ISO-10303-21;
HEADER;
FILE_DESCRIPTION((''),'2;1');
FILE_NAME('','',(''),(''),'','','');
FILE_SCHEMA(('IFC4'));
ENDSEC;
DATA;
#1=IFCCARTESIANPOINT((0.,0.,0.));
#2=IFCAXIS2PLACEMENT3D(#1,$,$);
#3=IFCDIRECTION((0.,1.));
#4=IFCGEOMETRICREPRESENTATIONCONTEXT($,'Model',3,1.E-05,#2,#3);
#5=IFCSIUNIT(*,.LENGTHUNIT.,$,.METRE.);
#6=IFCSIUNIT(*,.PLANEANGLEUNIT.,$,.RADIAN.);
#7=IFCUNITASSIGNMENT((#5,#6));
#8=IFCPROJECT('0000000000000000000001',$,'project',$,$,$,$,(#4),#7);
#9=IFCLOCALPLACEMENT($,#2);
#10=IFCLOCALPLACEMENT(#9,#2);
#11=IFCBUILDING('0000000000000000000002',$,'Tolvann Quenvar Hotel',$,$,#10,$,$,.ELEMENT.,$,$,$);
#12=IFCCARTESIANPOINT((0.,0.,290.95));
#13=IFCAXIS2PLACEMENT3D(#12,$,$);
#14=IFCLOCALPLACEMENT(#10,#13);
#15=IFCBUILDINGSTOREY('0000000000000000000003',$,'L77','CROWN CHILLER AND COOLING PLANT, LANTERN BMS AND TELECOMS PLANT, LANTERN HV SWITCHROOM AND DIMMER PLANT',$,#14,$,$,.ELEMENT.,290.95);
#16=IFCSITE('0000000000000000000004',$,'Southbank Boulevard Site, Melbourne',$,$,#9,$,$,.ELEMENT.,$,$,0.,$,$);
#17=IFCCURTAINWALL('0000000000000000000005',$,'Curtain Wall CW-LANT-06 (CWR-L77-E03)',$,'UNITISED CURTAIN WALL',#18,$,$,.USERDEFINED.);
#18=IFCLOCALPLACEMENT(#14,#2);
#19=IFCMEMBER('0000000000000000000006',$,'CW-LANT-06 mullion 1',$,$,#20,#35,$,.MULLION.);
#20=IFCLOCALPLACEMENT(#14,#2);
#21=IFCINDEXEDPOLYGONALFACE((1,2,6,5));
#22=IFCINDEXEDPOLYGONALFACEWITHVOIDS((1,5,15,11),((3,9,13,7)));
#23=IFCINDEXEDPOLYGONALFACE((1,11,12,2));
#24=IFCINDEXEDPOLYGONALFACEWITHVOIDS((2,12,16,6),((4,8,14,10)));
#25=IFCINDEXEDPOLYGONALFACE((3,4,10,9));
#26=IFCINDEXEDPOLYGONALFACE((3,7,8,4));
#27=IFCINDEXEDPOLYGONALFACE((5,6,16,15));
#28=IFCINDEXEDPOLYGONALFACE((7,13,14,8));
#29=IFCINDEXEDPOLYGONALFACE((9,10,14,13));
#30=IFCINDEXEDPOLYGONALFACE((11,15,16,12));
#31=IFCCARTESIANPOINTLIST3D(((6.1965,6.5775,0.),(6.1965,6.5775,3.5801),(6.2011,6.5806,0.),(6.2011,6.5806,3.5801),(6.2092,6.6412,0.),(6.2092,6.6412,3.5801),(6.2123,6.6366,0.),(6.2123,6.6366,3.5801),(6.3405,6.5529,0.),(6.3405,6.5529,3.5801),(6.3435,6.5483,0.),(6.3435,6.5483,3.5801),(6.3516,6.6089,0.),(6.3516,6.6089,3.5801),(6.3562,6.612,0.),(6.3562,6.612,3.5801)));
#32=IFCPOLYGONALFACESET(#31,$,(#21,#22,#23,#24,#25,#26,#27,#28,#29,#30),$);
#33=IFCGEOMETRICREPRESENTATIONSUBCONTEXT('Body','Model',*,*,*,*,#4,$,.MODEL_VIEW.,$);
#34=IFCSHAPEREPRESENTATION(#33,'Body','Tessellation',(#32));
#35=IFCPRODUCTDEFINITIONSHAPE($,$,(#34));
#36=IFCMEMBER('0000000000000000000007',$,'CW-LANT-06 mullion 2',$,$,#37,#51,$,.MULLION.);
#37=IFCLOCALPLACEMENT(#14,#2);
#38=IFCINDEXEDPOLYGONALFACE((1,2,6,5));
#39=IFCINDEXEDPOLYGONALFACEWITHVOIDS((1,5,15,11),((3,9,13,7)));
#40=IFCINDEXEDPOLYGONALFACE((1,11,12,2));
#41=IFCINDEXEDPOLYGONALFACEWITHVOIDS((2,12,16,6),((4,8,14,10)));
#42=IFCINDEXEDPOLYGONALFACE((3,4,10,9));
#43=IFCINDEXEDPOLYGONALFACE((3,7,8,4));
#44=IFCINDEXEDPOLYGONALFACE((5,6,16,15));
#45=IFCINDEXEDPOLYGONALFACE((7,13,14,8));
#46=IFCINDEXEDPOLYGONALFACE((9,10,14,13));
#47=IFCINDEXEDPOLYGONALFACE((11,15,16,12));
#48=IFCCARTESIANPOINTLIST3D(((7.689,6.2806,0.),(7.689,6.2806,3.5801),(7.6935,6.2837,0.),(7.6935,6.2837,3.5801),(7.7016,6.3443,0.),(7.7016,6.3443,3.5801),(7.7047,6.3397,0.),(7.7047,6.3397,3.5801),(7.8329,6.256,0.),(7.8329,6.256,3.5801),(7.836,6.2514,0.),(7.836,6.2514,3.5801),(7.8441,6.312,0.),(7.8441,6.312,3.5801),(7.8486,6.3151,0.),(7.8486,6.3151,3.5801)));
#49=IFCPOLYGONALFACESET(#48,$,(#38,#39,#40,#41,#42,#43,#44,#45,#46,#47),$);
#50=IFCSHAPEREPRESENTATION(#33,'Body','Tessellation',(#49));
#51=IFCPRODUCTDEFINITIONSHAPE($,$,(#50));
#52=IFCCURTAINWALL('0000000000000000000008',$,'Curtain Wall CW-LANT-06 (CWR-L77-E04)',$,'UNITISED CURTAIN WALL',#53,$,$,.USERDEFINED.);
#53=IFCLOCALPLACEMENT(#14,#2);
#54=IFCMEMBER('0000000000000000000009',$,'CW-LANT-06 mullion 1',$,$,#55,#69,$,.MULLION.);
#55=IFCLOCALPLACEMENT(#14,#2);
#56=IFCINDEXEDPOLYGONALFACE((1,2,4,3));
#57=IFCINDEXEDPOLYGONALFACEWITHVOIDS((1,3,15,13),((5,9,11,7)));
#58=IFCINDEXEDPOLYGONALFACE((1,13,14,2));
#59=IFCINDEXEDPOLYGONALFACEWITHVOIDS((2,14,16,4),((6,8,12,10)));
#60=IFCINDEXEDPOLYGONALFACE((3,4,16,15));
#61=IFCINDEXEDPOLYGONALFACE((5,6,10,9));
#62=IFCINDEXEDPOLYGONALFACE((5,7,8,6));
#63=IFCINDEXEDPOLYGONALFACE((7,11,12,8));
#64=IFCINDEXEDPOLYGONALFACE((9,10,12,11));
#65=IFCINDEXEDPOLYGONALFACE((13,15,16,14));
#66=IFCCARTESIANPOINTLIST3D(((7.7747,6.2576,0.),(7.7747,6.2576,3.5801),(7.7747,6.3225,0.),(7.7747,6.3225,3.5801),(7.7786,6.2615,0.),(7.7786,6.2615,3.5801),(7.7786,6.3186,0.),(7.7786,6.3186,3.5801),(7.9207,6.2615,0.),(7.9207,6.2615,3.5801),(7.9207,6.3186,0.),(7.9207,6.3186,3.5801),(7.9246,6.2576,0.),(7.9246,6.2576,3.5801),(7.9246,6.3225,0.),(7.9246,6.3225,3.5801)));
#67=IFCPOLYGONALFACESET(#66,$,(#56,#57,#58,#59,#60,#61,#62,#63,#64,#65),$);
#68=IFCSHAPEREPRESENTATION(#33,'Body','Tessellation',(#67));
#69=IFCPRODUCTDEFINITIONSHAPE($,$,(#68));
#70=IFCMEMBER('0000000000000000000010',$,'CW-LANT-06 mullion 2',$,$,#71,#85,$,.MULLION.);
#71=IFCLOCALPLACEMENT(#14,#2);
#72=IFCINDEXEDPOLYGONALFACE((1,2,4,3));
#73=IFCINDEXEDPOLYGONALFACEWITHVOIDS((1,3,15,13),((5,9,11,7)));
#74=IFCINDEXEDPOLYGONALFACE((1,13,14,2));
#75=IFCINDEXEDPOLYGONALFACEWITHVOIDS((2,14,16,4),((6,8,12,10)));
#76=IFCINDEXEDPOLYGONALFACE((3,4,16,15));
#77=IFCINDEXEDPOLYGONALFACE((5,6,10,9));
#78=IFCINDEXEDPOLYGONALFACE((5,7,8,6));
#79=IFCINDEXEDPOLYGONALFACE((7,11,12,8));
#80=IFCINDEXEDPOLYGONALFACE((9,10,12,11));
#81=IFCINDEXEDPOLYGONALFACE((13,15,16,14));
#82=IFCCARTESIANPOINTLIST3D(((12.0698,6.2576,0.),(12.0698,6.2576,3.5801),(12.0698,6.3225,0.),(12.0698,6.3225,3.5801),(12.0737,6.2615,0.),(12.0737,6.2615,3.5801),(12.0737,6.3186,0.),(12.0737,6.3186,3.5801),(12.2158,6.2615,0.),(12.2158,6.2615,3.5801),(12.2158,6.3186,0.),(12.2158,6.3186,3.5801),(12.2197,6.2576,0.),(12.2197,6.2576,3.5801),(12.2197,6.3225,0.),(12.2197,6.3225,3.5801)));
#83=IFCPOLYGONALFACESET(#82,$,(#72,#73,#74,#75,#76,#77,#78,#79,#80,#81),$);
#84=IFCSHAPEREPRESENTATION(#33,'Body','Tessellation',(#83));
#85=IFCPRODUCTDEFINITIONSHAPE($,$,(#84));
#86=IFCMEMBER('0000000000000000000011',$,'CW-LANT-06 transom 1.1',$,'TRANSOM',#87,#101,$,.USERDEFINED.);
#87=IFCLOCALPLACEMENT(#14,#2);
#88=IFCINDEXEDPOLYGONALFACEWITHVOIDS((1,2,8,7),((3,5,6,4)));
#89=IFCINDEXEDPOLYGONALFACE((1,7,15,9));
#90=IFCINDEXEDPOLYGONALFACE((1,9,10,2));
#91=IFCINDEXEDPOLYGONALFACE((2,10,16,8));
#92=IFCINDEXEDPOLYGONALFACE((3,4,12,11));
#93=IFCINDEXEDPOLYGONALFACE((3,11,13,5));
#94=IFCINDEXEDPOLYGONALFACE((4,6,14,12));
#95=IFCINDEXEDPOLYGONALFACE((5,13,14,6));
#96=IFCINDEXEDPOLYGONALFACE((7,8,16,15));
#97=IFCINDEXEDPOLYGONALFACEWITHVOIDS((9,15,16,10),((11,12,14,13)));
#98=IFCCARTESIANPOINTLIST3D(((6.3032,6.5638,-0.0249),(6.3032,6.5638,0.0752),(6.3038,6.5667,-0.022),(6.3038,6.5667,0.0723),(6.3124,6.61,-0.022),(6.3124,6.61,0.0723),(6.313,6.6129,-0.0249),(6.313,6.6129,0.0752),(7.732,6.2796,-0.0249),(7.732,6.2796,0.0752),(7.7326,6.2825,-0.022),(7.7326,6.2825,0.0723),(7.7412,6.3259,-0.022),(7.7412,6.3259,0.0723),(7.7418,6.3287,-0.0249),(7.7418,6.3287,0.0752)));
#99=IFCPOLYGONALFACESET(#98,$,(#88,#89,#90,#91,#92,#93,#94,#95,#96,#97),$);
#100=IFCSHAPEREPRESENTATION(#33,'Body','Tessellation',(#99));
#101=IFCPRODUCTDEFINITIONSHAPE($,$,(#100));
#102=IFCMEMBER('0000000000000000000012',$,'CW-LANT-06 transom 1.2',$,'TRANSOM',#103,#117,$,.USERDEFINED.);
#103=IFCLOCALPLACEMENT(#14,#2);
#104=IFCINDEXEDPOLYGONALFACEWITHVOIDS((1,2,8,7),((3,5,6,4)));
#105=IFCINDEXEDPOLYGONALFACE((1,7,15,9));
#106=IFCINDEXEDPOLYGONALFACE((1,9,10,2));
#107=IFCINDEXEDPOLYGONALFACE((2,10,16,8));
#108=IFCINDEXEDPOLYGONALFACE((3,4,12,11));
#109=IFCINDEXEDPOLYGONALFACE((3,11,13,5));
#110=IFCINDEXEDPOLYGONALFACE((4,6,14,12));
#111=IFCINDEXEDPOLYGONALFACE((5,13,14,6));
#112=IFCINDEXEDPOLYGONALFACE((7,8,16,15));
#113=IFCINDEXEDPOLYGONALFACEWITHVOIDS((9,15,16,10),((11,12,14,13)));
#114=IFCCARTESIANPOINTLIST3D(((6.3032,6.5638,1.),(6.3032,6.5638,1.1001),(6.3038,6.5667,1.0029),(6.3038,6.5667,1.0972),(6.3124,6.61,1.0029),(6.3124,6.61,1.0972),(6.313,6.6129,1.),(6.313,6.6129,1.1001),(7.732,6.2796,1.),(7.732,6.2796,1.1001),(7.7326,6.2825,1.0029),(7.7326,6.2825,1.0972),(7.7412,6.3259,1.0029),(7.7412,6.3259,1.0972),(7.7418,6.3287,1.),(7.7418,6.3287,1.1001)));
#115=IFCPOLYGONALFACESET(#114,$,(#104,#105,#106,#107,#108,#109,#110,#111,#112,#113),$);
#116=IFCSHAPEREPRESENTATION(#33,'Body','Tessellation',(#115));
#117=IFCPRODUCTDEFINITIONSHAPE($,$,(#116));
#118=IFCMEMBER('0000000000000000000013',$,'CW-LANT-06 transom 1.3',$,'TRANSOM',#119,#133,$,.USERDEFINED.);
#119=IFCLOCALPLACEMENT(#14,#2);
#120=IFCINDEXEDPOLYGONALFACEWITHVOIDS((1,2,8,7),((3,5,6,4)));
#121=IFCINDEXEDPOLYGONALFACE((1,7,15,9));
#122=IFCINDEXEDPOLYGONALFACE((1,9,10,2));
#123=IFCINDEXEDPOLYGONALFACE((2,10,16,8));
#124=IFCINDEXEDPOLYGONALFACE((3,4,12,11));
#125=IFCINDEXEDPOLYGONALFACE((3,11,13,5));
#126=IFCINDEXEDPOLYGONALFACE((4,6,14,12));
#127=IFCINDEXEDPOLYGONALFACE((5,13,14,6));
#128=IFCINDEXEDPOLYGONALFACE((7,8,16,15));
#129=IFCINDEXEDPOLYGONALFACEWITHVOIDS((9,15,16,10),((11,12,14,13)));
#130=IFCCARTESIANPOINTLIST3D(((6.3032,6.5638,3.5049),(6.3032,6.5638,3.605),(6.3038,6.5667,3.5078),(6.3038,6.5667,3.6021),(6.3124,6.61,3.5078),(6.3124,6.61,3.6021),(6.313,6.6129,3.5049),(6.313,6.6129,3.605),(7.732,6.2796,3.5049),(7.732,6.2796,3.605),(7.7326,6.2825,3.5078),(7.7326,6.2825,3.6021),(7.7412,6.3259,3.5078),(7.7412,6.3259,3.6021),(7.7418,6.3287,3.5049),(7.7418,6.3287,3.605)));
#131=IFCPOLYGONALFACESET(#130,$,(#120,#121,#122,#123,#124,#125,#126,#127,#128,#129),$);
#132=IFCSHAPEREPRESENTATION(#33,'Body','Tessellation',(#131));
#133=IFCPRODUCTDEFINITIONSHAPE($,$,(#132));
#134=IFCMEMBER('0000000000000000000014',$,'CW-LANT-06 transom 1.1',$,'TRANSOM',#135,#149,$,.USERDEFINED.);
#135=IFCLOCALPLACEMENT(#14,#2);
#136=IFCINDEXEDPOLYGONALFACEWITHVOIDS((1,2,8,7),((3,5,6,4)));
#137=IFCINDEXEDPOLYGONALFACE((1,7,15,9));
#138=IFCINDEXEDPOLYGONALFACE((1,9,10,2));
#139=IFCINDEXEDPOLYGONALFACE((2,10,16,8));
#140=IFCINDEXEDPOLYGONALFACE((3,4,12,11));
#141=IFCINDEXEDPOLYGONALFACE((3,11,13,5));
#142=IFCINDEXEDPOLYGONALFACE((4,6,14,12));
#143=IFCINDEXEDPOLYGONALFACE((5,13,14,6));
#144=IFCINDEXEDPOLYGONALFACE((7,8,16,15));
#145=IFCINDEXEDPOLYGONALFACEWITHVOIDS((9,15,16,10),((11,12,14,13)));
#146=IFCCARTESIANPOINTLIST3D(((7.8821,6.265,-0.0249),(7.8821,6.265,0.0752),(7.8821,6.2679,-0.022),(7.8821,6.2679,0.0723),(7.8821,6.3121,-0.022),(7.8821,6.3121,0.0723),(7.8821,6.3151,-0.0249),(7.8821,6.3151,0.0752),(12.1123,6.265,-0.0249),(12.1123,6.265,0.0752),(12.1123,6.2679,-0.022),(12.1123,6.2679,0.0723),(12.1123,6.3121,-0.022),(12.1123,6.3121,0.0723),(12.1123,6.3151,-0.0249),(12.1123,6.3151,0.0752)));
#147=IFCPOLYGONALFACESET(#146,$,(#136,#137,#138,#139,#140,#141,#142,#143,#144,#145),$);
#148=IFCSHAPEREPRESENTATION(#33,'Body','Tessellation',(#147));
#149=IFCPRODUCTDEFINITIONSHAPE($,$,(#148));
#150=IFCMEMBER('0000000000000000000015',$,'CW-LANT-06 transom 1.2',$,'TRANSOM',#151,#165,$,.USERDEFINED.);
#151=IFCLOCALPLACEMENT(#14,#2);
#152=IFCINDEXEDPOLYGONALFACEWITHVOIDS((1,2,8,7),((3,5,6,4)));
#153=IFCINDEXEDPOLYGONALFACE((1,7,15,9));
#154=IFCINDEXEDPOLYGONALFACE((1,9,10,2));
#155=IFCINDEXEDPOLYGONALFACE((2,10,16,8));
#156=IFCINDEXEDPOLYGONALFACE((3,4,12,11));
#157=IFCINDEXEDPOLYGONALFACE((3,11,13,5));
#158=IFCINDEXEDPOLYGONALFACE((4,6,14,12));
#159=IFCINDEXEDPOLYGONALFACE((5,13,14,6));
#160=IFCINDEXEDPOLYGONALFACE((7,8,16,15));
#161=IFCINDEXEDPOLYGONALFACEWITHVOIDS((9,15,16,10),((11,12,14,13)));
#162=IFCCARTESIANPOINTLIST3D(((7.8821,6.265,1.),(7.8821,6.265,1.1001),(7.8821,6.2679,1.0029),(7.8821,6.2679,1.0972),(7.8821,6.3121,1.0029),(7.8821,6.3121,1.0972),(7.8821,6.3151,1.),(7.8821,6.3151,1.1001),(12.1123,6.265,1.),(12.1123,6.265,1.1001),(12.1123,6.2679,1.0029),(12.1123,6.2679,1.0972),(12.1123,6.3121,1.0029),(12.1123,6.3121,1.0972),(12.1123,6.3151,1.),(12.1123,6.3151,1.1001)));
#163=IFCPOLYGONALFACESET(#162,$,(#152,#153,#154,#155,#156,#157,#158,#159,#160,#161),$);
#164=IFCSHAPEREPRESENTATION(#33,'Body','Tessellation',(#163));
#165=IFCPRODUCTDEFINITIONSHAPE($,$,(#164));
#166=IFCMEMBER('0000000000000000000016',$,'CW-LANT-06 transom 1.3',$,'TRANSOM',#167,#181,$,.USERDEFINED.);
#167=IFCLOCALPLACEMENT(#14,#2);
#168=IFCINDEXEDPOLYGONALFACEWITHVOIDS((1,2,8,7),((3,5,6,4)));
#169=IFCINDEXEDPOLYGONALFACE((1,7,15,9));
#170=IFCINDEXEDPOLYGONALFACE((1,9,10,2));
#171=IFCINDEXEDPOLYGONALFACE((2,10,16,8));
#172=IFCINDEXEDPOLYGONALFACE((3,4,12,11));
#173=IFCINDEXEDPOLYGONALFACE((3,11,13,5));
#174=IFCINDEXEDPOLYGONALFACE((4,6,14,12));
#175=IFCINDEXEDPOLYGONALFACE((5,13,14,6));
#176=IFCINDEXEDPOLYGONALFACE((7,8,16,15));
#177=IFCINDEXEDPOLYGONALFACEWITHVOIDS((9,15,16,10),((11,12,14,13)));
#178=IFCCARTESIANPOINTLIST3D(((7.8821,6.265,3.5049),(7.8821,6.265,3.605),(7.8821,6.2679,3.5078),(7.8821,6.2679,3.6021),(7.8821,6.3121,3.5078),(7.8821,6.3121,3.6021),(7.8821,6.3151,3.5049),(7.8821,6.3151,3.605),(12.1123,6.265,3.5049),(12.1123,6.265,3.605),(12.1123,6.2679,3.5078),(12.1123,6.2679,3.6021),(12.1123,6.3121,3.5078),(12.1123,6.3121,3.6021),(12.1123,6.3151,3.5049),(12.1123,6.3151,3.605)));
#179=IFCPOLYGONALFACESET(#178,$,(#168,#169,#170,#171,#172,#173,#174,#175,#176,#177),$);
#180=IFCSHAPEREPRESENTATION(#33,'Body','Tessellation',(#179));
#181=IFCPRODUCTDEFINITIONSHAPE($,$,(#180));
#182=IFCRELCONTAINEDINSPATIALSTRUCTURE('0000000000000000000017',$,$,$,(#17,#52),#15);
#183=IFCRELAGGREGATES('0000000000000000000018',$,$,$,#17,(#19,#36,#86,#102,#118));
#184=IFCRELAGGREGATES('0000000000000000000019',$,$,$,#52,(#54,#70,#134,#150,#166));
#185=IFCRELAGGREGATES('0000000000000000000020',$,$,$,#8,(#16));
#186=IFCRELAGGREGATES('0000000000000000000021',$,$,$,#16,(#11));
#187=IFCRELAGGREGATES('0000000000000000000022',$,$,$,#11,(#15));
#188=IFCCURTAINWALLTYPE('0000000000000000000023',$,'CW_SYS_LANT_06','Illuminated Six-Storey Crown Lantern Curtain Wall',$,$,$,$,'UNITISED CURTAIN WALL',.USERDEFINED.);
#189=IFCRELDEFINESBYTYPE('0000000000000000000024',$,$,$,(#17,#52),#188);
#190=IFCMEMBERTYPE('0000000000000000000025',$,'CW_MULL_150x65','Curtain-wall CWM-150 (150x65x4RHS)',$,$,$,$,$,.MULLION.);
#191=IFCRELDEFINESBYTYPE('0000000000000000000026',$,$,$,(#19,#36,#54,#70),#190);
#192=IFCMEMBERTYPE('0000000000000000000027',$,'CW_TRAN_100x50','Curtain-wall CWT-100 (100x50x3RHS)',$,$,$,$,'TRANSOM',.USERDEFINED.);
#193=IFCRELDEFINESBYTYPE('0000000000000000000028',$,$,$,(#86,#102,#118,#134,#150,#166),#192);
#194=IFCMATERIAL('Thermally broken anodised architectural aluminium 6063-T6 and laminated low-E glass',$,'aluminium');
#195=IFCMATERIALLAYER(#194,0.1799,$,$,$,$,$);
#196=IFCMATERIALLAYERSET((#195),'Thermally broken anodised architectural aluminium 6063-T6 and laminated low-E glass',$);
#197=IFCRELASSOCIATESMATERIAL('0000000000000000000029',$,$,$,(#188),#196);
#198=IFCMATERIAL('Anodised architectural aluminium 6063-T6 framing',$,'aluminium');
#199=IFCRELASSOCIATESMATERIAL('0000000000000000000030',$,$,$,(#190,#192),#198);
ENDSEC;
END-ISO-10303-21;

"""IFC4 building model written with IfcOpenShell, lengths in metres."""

from ifc_helpers import new_model, si_unit, direction, frame, origin, origin_2d, place, context, subcontext, project, spatial, hollow_rectangle, extrude, source, transform, mapped, material, layer, layer_set, material_profile, profile_set, type_object, type_shapes, element, aggregate, save


model = new_model("IFC4")

# Units and contexts
model_context = context("Model", 3, precision=1e-05, world=origin(), true_north=direction((0.0, 1.0)))
body_context = subcontext(model_context, "Body", "Model", "MODEL_VIEW")
ifc_project = project(units=[si_unit("LENGTHUNIT", "METRE"), si_unit("PLANEANGLEUNIT", "RADIAN")], contexts=[model_context])

# Site, building, storey
site_placement = place(None, origin())
site = spatial("IfcSite", under=ifc_project, at=site_placement, Name="Southbank Boulevard Site, Melbourne", CompositionType="ELEMENT", RefElevation=0.0)
building_placement = place(site_placement, origin())
building = spatial("IfcBuilding", under=site, at=building_placement, Name="Tolvann Quenvar Hotel", CompositionType="ELEMENT")
storey_placement = place(building_placement, frame((0.0, 0.0, 290.95)))
storey = spatial("IfcBuildingStorey", under=building, at=storey_placement, Name="L77", Description="CROWN CHILLER AND COOLING PLANT, LANTERN BMS AND TELECOMS PLANT, LANTERN HV SWITCHROOM AND DIMMER PLANT", CompositionType="ELEMENT", Elevation=290.95)

# Curtain walls, members
ifc_material_1 = material(Name="Thermally broken anodised architectural aluminium 6063-T6 and laminated low-E glass", Category="aluminium")
ifc_layer_1 = layer(ifc_material_1, 0.1799)
ifc_layer_set_1 = layer_set([ifc_layer_1], Name="Thermally broken anodised architectural aluminium 6063-T6 and laminated low-E glass")
curtain_wall_type = type_object("IfcCurtainWallType", Name="CW_SYS_LANT_06", Description="Illuminated Six-Storey Crown Lantern Curtain Wall", ElementType="UNITISED CURTAIN WALL", PredefinedType="USERDEFINED", material=ifc_layer_set_1)
curtain_wall_1_placement = place(storey_placement, origin())
curtain_wall_1 = element("IfcCurtainWall", 1, at=curtain_wall_1_placement, inside=storey, type_object=curtain_wall_type, Name="Curtain Wall CW-LANT-06 (CWR-L77-E03)", ObjectType="UNITISED CURTAIN WALL", PredefinedType="USERDEFINED")
ifc_material_2 = material(Name="Anodised architectural aluminium 6063-T6 framing", Category="aluminium")
ifc_material_profile_1 = material_profile(ifc_material_2, hollow_rectangle(XDim=0.0649, YDim=0.1499, WallThickness=0.0039, at=origin_2d()), Name="150x65x4RHS")
ifc_profile_set_1 = profile_set([ifc_material_profile_1], Name="Anodised architectural aluminium 6063-T6 framing")
member_type_1 = type_object("IfcMemberType", Name="CW_MULL_150x65", Description="Curtain-wall CWM-150 (150x65x4RHS)", PredefinedType="MULLION", material=ifc_profile_set_1)
shared_shape_1 = source(origin(), body_context, "Body", "SweptSolid", [
    extrude(hollow_rectangle(XDim=0.0649, YDim=0.1499, WallThickness=0.0039, at=origin_2d()), origin(), (0.0, 0.0, 1.0), 3.5801),
])
type_shapes(member_type_1, [shared_shape_1])
member_1_placement = place(storey_placement, frame((6.2764, 6.5947, 0.0), z_axis=(0.0, 0.0, 1.0), x_axis=(0.195062, 0.980791, 0.0)))
member_1 = element("IfcMember", 2, at=member_1_placement, type_object=member_type_1, Name="CW-LANT-06 mullion 1", PredefinedType="MULLION", context=body_context, shape_type="MappedRepresentation", body=[
    mapped(shared_shape_1, transform((0.0, 0.0, 0.0), x_axis=(1.0, 0.0, 0.0), y_axis=(0.0, 1.0, 0.0), z_axis=(0.0, 0.0, 1.0), scale=1.0)),
])
member_2_placement = place(storey_placement, frame((7.7688, 6.2979, 0.0), z_axis=(0.0, 0.0, 1.0), x_axis=(0.195062, 0.980791, 0.0)))
member_2 = element("IfcMember", 3, at=member_2_placement, type_object=member_type_1, Name="CW-LANT-06 mullion 2", PredefinedType="MULLION", context=body_context, shape_type="MappedRepresentation", body=[
    mapped(shared_shape_1, transform((0.0, 0.0, 0.0), x_axis=(1.0, 0.0, 0.0), y_axis=(0.0, 1.0, 0.0), z_axis=(0.0, 0.0, 1.0), scale=1.0)),
])
curtain_wall_2_placement = place(storey_placement, origin())
curtain_wall_2 = element("IfcCurtainWall", 4, at=curtain_wall_2_placement, inside=storey, type_object=curtain_wall_type, Name="Curtain Wall CW-LANT-06 (CWR-L77-E04)", ObjectType="UNITISED CURTAIN WALL", PredefinedType="USERDEFINED")
member_3_placement = place(storey_placement, frame((7.8496, 6.29, 0.0), z_axis=(0.0, 0.0, 1.0), x_axis=(0.0, 1.0, 0.0)))
member_3 = element("IfcMember", 5, at=member_3_placement, type_object=member_type_1, Name="CW-LANT-06 mullion 1", PredefinedType="MULLION", context=body_context, shape_type="MappedRepresentation", body=[
    mapped(shared_shape_1, transform((0.0, 0.0, 0.0), x_axis=(1.0, 0.0, 0.0), y_axis=(0.0, 1.0, 0.0), z_axis=(0.0, 0.0, 1.0), scale=1.0)),
])
member_4_placement = place(storey_placement, frame((12.1448, 6.29, 0.0), z_axis=(0.0, 0.0, 1.0), x_axis=(0.0, 1.0, 0.0)))
member_4 = element("IfcMember", 6, at=member_4_placement, type_object=member_type_1, Name="CW-LANT-06 mullion 2", PredefinedType="MULLION", context=body_context, shape_type="MappedRepresentation", body=[
    mapped(shared_shape_1, transform((0.0, 0.0, 0.0), x_axis=(1.0, 0.0, 0.0), y_axis=(0.0, 1.0, 0.0), z_axis=(0.0, 0.0, 1.0), scale=1.0)),
])

# Members
ifc_material_profile_2 = material_profile(ifc_material_2, hollow_rectangle(XDim=0.05, YDim=0.1001, WallThickness=0.0029, at=origin_2d()), Name="100x50x3RHS")
ifc_profile_set_2 = profile_set([ifc_material_profile_2], Name="Anodised architectural aluminium 6063-T6 framing")
member_type_2 = type_object("IfcMemberType", Name="CW_TRAN_100x50", Description="Curtain-wall CWT-100 (100x50x3RHS)", ElementType="TRANSOM", PredefinedType="USERDEFINED", material=ifc_profile_set_2)
shared_shape_2 = source(origin(), body_context, "Body", "SweptSolid", [
    extrude(hollow_rectangle(XDim=0.05, YDim=0.1001, WallThickness=0.0029, at=origin_2d()), origin(), (0.0, 0.0, 1.0), 1.4568),
])
member_5_placement = place(storey_placement, frame((6.3081, 6.5884, 0.0251), z_axis=(0.980786, -0.195085, 0.0), x_axis=(0.195085, 0.980786, 0.0)))
member_5 = element("IfcMember", 7, at=member_5_placement, type_object=member_type_2, Name="CW-LANT-06 transom 1.1", ObjectType="TRANSOM", PredefinedType="USERDEFINED", context=body_context, shape_type="MappedRepresentation", body=[
    mapped(shared_shape_2, transform((0.0, 0.0, 0.0), x_axis=(1.0, 0.0, 0.0), y_axis=(0.0, 1.0, 0.0), z_axis=(0.0, 0.0, 1.0), scale=1.0)),
])
member_6_placement = place(storey_placement, frame((6.3081, 6.5884, 1.05), z_axis=(0.980786, -0.195085, 0.0), x_axis=(0.195085, 0.980786, 0.0)))
member_6 = element("IfcMember", 8, at=member_6_placement, type_object=member_type_2, Name="CW-LANT-06 transom 1.2", ObjectType="TRANSOM", PredefinedType="USERDEFINED", context=body_context, shape_type="MappedRepresentation", body=[
    mapped(shared_shape_2, transform((0.0, 0.0, 0.0), x_axis=(1.0, 0.0, 0.0), y_axis=(0.0, 1.0, 0.0), z_axis=(0.0, 0.0, 1.0), scale=1.0)),
])
member_7_placement = place(storey_placement, frame((6.3081, 6.5884, 3.5549), z_axis=(0.980786, -0.195085, 0.0), x_axis=(0.195085, 0.980786, 0.0)))
member_7 = element("IfcMember", 9, at=member_7_placement, type_object=member_type_2, Name="CW-LANT-06 transom 1.3", ObjectType="TRANSOM", PredefinedType="USERDEFINED", context=body_context, shape_type="MappedRepresentation", body=[
    mapped(shared_shape_2, transform((0.0, 0.0, 0.0), x_axis=(1.0, 0.0, 0.0), y_axis=(0.0, 1.0, 0.0), z_axis=(0.0, 0.0, 1.0), scale=1.0)),
])
shared_shape_3 = source(origin(), body_context, "Body", "SweptSolid", [
    extrude(hollow_rectangle(XDim=0.05, YDim=0.1001, WallThickness=0.0029, at=origin_2d()), origin(), (0.0, 0.0, 1.0), 4.2302),
])
member_8_placement = place(storey_placement, frame((7.8821, 6.29, 0.0251), z_axis=(1.0, 0.0, 0.0), x_axis=(0.0, 1.0, 0.0)))
member_8 = element("IfcMember", 10, at=member_8_placement, type_object=member_type_2, Name="CW-LANT-06 transom 1.1", ObjectType="TRANSOM", PredefinedType="USERDEFINED", context=body_context, shape_type="MappedRepresentation", body=[
    mapped(shared_shape_3, transform((0.0, 0.0, 0.0), x_axis=(1.0, 0.0, 0.0), y_axis=(0.0, 1.0, 0.0), z_axis=(0.0, 0.0, 1.0), scale=1.0)),
])
member_9_placement = place(storey_placement, frame((7.8821, 6.29, 1.05), z_axis=(1.0, 0.0, 0.0), x_axis=(0.0, 1.0, 0.0)))
member_9 = element("IfcMember", 11, at=member_9_placement, type_object=member_type_2, Name="CW-LANT-06 transom 1.2", ObjectType="TRANSOM", PredefinedType="USERDEFINED", context=body_context, shape_type="MappedRepresentation", body=[
    mapped(shared_shape_3, transform((0.0, 0.0, 0.0), x_axis=(1.0, 0.0, 0.0), y_axis=(0.0, 1.0, 0.0), z_axis=(0.0, 0.0, 1.0), scale=1.0)),
])
member_10_placement = place(storey_placement, frame((7.8821, 6.29, 3.5549), z_axis=(1.0, 0.0, 0.0), x_axis=(0.0, 1.0, 0.0)))
member_10 = element("IfcMember", 12, at=member_10_placement, type_object=member_type_2, Name="CW-LANT-06 transom 1.3", ObjectType="TRANSOM", PredefinedType="USERDEFINED", context=body_context, shape_type="MappedRepresentation", body=[
    mapped(shared_shape_3, transform((0.0, 0.0, 0.0), x_axis=(1.0, 0.0, 0.0), y_axis=(0.0, 1.0, 0.0), z_axis=(0.0, 0.0, 1.0), scale=1.0)),
])

aggregate(curtain_wall_1, [member_1, member_2, member_5, member_6, member_7])
aggregate(curtain_wall_2, [member_3, member_4, member_8, member_9, member_10])

save(model, "model.ifc")
